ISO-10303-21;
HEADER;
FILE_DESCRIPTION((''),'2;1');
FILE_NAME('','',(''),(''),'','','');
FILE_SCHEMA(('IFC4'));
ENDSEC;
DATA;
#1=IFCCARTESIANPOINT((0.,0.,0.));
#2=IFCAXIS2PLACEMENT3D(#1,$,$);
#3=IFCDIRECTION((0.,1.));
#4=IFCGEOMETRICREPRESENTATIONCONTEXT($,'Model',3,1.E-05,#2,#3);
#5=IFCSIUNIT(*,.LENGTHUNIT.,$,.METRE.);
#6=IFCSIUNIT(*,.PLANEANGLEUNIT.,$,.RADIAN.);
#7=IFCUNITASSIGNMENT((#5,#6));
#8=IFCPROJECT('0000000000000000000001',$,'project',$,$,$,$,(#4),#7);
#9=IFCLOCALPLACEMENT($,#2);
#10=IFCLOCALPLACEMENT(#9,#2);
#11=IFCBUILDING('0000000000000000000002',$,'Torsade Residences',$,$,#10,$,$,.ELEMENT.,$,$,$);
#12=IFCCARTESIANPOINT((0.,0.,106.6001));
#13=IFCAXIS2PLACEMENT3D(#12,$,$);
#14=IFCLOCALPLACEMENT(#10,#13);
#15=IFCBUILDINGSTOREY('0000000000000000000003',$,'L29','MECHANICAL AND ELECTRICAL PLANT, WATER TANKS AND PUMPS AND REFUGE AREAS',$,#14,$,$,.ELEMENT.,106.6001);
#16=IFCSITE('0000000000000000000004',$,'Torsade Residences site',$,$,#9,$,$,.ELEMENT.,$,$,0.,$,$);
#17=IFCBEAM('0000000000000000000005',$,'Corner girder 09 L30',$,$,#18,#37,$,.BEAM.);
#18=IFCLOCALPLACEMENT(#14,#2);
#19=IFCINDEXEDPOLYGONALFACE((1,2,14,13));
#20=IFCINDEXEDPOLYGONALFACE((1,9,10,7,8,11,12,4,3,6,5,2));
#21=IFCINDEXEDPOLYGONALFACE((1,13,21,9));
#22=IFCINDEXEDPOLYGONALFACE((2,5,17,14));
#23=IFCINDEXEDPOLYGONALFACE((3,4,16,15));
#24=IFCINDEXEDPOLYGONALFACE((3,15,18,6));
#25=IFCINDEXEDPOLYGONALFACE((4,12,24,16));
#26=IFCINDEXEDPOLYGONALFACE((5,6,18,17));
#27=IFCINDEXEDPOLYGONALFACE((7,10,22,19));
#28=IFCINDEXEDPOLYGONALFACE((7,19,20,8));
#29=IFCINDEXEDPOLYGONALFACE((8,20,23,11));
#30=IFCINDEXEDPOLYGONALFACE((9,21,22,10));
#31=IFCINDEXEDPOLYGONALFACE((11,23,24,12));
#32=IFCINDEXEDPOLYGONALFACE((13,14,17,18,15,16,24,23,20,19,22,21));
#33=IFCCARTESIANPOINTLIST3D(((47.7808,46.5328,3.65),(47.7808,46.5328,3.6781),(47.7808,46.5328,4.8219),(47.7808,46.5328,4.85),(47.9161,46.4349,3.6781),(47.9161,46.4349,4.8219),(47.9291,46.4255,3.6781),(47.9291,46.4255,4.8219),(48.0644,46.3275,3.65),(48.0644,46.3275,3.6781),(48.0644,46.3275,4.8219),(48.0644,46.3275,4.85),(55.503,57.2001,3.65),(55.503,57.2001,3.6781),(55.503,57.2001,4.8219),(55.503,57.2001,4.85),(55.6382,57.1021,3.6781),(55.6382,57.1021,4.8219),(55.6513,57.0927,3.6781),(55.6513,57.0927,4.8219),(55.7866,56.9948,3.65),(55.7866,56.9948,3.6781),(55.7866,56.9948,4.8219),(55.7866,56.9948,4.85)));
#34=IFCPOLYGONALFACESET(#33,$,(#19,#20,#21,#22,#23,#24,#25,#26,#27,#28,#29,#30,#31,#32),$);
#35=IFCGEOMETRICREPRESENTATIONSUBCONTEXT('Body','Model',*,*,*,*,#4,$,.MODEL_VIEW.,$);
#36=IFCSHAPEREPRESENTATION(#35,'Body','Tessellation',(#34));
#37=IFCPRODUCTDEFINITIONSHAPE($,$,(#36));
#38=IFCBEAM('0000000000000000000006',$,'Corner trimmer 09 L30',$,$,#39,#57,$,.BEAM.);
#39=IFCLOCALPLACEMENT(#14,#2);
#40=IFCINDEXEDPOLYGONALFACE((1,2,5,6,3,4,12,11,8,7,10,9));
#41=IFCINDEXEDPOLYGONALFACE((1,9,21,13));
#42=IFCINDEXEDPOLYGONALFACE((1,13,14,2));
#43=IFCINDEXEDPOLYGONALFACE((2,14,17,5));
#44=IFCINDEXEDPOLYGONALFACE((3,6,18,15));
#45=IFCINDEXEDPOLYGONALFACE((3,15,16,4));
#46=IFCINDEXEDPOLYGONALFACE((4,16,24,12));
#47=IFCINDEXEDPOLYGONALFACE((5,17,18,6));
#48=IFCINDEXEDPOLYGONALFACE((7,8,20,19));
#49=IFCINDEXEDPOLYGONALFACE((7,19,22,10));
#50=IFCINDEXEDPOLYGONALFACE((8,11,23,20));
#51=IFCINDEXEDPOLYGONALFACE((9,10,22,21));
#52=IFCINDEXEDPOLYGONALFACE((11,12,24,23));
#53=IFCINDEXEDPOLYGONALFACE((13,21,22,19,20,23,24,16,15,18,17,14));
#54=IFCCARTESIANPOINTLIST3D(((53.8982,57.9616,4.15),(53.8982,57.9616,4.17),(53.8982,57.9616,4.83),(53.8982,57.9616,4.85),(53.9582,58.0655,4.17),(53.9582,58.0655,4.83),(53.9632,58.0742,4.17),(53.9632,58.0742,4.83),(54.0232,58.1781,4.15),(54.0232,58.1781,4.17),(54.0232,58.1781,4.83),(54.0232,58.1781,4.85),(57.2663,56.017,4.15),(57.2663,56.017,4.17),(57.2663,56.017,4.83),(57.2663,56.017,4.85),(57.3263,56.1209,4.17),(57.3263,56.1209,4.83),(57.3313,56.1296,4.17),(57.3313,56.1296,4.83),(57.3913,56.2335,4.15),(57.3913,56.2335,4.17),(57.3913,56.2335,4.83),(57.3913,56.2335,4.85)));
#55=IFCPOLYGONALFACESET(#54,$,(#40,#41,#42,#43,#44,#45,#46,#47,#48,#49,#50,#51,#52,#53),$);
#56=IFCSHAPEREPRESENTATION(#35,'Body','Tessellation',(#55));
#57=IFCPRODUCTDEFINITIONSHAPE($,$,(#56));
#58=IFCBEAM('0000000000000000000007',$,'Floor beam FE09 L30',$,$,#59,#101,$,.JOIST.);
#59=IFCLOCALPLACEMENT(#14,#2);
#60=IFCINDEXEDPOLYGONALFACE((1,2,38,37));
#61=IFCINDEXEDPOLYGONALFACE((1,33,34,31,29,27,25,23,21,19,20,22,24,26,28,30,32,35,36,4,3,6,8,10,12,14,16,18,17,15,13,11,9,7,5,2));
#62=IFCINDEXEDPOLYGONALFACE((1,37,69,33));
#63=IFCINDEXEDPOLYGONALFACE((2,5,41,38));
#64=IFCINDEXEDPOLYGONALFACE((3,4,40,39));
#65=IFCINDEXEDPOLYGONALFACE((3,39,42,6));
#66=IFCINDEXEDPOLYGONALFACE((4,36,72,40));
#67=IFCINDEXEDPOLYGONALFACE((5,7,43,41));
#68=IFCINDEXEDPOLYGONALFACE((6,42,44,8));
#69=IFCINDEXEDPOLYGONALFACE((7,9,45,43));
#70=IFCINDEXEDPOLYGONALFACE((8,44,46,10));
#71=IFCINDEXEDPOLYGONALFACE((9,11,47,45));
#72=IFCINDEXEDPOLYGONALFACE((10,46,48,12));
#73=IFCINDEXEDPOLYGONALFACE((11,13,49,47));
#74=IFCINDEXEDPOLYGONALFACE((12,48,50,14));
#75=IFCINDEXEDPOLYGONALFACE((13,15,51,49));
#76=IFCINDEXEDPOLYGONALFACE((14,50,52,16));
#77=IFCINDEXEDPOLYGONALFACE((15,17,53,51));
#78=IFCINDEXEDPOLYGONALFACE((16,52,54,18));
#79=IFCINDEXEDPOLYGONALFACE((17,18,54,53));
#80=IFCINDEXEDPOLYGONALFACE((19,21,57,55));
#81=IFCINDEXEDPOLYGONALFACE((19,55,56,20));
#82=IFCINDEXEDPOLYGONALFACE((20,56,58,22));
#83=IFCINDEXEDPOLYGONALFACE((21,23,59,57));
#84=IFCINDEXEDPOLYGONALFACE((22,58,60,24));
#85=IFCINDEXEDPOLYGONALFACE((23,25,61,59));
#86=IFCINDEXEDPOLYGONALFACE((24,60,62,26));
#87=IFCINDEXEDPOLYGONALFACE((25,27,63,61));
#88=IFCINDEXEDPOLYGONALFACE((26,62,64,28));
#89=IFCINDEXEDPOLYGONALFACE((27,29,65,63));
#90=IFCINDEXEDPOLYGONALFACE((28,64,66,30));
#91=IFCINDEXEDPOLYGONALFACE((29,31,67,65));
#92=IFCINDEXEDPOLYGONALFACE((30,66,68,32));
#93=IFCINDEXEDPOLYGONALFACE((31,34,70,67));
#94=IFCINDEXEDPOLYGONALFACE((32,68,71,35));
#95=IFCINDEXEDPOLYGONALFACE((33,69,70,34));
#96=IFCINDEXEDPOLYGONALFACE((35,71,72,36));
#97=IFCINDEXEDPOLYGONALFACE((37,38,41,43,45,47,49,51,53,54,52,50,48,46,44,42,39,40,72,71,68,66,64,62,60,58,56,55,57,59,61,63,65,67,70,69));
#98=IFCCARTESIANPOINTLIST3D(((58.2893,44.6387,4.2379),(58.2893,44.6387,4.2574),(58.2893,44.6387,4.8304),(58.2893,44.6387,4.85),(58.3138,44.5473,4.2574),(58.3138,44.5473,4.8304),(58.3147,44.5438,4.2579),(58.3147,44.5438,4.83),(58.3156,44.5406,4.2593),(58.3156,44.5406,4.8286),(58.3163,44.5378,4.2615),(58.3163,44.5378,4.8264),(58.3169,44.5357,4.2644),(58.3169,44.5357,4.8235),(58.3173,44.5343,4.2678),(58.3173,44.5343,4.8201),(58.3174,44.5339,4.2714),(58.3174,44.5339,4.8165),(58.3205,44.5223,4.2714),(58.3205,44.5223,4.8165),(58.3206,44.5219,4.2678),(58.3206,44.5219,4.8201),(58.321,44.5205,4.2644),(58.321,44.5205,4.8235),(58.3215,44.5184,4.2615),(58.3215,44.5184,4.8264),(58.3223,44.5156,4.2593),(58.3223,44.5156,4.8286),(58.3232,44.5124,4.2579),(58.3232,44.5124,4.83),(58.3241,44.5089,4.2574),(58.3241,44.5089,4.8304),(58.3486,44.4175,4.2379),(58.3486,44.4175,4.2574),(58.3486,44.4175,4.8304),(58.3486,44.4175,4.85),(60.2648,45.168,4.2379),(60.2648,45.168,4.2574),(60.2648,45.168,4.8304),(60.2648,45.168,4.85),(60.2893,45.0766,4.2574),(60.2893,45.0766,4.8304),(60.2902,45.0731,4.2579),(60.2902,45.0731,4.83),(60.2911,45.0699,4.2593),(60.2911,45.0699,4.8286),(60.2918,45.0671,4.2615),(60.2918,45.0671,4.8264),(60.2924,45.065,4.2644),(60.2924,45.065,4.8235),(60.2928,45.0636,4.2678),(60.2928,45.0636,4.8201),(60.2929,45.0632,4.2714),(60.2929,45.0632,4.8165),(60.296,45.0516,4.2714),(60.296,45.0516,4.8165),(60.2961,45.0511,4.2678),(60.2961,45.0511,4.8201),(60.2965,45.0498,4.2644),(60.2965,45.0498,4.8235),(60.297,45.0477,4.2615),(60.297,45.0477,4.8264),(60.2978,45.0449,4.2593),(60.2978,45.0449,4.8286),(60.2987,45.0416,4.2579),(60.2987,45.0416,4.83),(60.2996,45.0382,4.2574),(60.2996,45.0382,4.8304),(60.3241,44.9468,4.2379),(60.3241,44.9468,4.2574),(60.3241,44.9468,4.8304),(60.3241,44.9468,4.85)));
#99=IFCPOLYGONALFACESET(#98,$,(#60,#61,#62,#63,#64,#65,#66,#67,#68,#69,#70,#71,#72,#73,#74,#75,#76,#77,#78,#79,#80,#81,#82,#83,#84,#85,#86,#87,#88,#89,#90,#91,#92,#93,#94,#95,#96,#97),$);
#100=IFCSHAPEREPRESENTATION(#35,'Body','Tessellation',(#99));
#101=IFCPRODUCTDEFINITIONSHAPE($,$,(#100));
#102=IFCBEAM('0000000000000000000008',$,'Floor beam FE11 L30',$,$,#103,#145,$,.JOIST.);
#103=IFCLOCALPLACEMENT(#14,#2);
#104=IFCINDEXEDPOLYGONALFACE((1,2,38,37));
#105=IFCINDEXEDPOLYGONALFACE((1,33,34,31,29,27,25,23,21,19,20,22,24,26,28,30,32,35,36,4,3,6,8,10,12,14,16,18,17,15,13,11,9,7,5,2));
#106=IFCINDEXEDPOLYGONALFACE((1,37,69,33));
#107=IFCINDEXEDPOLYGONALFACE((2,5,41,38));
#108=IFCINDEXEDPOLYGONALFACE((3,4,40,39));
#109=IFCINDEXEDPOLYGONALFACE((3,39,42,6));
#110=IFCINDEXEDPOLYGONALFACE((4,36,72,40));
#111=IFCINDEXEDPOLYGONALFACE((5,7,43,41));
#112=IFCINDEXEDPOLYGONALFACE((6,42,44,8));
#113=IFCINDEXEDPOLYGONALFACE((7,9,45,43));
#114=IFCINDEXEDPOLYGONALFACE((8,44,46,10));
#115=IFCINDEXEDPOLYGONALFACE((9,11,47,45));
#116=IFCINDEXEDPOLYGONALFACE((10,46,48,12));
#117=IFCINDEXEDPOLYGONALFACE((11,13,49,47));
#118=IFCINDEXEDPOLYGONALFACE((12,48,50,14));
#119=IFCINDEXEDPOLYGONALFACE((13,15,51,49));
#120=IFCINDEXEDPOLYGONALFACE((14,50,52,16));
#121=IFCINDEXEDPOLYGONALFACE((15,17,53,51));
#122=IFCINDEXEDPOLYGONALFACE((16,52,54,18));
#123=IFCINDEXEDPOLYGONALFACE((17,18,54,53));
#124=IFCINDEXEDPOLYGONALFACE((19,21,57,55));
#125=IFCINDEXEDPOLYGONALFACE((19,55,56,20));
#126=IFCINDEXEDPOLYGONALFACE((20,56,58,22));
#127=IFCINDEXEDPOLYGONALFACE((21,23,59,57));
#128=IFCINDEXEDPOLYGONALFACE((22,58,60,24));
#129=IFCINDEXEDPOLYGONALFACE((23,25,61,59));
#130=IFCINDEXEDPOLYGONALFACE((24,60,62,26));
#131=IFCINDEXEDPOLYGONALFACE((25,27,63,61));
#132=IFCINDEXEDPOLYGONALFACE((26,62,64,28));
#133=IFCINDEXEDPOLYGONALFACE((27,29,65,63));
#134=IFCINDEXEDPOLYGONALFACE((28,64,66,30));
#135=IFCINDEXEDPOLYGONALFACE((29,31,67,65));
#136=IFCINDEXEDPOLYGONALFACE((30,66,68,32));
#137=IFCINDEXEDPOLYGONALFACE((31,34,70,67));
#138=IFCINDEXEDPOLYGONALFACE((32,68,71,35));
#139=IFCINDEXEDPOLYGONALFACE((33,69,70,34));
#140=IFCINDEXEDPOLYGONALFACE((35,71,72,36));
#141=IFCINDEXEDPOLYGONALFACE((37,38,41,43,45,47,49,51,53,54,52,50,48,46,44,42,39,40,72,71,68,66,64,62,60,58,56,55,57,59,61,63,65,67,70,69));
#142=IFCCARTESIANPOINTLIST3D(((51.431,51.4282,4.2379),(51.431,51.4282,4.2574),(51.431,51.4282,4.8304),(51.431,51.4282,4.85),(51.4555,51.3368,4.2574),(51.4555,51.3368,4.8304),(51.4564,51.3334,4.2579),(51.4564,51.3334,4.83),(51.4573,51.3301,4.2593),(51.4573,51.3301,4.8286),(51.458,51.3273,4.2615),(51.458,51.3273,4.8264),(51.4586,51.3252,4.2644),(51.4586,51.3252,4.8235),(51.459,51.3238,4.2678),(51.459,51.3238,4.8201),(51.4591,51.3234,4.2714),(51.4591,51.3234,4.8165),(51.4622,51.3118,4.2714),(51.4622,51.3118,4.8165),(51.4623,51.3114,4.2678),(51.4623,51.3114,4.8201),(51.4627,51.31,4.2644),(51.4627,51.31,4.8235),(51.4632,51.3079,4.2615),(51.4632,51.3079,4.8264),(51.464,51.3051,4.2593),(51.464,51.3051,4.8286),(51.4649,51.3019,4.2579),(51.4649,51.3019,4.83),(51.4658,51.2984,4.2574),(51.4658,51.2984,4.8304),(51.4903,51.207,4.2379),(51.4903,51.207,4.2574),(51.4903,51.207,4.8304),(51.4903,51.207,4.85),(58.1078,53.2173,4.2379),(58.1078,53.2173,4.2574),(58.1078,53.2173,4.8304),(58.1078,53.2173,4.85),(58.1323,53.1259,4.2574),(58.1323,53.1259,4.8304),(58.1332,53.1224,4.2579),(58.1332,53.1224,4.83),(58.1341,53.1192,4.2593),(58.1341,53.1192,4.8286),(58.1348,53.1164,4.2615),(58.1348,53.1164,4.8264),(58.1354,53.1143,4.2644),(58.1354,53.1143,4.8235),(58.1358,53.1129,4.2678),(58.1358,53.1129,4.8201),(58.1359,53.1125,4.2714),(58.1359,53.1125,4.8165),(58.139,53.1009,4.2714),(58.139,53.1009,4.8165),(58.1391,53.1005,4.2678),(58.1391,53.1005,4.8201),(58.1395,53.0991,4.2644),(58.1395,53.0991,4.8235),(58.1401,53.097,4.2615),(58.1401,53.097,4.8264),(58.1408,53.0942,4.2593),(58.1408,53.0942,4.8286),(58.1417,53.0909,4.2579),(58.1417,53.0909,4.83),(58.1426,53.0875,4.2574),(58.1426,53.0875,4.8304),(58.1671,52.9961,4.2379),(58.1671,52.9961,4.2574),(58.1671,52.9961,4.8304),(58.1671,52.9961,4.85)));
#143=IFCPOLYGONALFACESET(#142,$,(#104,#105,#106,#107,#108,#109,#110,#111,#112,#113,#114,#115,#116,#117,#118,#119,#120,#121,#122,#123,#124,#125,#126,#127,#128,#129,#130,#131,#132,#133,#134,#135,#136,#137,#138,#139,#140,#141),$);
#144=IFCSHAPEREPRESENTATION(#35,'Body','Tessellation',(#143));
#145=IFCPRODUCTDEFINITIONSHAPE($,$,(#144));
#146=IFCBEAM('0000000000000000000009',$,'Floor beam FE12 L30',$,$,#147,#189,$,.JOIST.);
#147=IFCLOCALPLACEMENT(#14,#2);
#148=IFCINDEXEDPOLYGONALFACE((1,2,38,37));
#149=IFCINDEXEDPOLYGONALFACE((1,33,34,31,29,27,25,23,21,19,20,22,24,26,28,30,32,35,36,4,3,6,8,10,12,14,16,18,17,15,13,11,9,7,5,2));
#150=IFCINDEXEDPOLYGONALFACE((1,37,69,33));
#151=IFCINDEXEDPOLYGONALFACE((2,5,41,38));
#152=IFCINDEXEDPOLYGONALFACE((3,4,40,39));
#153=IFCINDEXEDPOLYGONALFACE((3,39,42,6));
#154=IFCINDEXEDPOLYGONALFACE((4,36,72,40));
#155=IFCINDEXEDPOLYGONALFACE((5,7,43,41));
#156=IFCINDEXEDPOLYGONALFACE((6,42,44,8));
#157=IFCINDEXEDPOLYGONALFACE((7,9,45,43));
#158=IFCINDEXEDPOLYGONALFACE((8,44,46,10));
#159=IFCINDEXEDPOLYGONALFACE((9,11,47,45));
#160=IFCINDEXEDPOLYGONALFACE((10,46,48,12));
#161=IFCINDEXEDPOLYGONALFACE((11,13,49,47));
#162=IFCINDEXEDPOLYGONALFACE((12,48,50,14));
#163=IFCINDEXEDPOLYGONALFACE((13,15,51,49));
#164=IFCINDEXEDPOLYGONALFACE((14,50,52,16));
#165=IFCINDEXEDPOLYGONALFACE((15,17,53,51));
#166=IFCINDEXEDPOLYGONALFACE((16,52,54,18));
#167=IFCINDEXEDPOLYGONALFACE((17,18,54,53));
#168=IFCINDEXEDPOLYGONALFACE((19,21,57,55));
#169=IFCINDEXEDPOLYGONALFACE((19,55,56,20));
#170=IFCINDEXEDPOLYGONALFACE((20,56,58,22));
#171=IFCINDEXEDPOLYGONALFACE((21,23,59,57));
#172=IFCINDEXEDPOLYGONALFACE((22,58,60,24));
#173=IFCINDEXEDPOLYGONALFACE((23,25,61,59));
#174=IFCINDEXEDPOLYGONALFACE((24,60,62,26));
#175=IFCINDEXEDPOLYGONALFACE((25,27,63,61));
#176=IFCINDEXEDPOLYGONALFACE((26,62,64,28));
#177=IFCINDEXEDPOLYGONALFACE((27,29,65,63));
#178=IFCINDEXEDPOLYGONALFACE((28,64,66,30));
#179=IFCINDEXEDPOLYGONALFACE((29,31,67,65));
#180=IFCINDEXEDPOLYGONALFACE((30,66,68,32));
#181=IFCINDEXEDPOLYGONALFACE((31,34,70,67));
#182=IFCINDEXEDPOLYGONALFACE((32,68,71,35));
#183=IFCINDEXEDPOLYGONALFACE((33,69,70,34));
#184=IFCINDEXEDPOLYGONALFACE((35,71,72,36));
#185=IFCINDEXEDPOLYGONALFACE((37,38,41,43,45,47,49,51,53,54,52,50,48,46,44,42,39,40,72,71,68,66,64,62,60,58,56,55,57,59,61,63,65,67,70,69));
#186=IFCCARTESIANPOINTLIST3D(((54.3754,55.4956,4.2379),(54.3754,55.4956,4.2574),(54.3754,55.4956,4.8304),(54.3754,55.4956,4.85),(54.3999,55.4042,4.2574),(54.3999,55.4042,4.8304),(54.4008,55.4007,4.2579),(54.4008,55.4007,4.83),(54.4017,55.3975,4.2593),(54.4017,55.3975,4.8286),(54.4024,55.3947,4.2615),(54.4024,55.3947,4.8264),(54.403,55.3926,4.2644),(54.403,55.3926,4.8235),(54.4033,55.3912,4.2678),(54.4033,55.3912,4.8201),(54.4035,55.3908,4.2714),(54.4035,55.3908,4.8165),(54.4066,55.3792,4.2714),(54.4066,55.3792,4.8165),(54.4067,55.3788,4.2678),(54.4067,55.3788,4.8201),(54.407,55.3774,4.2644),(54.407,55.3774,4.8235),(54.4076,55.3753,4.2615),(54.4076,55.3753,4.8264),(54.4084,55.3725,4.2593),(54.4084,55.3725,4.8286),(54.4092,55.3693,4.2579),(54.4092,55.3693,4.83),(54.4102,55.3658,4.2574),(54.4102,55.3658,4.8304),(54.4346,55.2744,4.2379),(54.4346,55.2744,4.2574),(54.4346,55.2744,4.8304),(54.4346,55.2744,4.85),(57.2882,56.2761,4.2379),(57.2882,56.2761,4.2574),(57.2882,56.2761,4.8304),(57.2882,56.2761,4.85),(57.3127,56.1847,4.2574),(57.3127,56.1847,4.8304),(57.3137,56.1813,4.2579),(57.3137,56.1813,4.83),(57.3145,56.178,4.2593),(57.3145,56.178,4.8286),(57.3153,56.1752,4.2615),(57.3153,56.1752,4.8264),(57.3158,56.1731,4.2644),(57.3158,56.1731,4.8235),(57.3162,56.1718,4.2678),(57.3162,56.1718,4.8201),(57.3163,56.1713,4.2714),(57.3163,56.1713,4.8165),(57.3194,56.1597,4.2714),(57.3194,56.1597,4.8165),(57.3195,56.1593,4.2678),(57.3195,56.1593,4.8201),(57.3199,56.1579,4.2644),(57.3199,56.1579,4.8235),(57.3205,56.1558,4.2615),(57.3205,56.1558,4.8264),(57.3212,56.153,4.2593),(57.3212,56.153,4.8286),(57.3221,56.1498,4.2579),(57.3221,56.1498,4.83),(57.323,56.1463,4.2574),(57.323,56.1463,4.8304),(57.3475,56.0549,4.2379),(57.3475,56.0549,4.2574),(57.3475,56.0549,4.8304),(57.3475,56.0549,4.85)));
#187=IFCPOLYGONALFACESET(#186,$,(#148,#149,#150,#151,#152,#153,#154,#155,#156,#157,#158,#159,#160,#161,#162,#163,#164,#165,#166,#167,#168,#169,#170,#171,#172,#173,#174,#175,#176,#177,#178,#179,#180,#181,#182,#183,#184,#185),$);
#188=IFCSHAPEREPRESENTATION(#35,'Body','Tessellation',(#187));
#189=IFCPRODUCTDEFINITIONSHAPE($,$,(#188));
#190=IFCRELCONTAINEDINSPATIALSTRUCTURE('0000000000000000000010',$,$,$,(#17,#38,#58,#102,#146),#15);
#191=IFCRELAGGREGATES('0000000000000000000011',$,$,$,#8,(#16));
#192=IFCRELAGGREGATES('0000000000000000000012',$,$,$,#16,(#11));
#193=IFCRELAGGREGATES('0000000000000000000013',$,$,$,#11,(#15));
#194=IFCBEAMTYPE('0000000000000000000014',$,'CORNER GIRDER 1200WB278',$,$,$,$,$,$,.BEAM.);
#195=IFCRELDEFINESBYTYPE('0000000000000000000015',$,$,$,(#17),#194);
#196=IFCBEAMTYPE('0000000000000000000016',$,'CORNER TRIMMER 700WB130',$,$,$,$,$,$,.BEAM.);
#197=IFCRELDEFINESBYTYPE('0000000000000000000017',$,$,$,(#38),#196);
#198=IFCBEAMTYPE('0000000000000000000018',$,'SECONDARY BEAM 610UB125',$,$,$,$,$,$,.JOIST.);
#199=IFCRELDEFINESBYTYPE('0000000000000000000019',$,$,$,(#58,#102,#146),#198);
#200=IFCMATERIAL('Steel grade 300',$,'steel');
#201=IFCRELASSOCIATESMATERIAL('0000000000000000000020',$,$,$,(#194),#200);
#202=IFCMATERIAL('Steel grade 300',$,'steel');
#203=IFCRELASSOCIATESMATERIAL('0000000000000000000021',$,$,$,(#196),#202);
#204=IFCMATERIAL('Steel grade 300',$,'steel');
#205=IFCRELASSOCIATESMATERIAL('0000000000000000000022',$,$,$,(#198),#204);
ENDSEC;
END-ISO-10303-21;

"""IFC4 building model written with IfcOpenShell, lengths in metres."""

from ifc_helpers import new_model, si_unit, direction, frame, origin, origin_2d, place, context, subcontext, project, spatial, i_section, extrude, material, material_profile, profile_set, type_object, element, save


model = new_model("IFC4")

# Units and contexts
model_context = context("Model", 3, precision=1e-05, world=origin(), true_north=direction((0.0, 1.0)))
body_context = subcontext(model_context, "Body", "Model", "MODEL_VIEW")
ifc_project = project(units=[si_unit("LENGTHUNIT", "METRE"), si_unit("PLANEANGLEUNIT", "RADIAN")], contexts=[model_context])

# Site, building, storey
site_placement = place(None, origin())
site = spatial("IfcSite", under=ifc_project, at=site_placement, Name="Torsade Residences site", CompositionType="ELEMENT", RefElevation=0.0)
building_placement = place(site_placement, origin())
building = spatial("IfcBuilding", under=site, at=building_placement, Name="Torsade Residences", CompositionType="ELEMENT")
storey_placement = place(building_placement, frame((0.0, 0.0, 106.6001)))
storey = spatial("IfcBuildingStorey", under=building, at=storey_placement, Name="L29", Description="MECHANICAL AND ELECTRICAL PLANT, WATER TANKS AND PUMPS AND REFUGE AREAS", CompositionType="ELEMENT", Elevation=106.6001)

# Beams
ifc_material_1 = material(Name="Steel grade 300", Category="steel")
ifc_material_profile_1 = material_profile(ifc_material_1, i_section(OverallWidth=0.3501, OverallDepth=1.2, WebThickness=0.0161, FlangeThickness=0.0281, at=origin_2d()), Name="1200WB278")
ifc_profile_set_1 = profile_set([ifc_material_profile_1], Name="Steel grade 300")
beam_type_1 = type_object("IfcBeamType", Name="CORNER GIRDER 1200WB278", PredefinedType="BEAM", material=ifc_profile_set_1)
beam_1_placement = place(storey_placement, frame((55.6448, 57.0974, 4.25), z_axis=(-0.586391, -0.810028, 0.0), x_axis=(0.810028, -0.586391, 0.0)))
element("IfcBeam", 1, at=beam_1_placement, inside=storey, type_object=beam_type_1, Name="Corner girder 09 L30", PredefinedType="BEAM", context=body_context, shape_type="SweptSolid", body=[
    extrude(i_section(OverallWidth=0.3501, OverallDepth=1.2, WebThickness=0.0161, FlangeThickness=0.0281, at=origin_2d()), origin(), (0.0, 0.0, 1.0), 13.1689),
])
ifc_material_2 = material(Name="Steel grade 300", Category="steel")
ifc_material_profile_2 = material_profile(ifc_material_2, i_section(OverallWidth=0.25, OverallDepth=0.7, WebThickness=0.01, FlangeThickness=0.02, at=origin_2d()), Name="700WB130")
ifc_profile_set_2 = profile_set([ifc_material_profile_2], Name="Steel grade 300")
beam_type_2 = type_object("IfcBeamType", Name="CORNER TRIMMER 700WB130", PredefinedType="BEAM", material=ifc_profile_set_2)
beam_2_placement = place(storey_placement, frame((53.9607, 58.0698, 4.5), z_axis=(0.866029, -0.499994, 0.0), x_axis=(0.499994, 0.866029, 0.0)))
element("IfcBeam", 2, at=beam_2_placement, inside=storey, type_object=beam_type_2, Name="Corner trimmer 09 L30", PredefinedType="BEAM", context=body_context, shape_type="SweptSolid", body=[
    extrude(i_section(OverallWidth=0.25, OverallDepth=0.7, WebThickness=0.01, FlangeThickness=0.02, at=origin_2d()), origin(), (0.0, 0.0, 1.0), 3.8892),
])
ifc_material_3 = material(Name="Steel grade 300", Category="steel")
ifc_material_profile_3 = material_profile(ifc_material_3, i_section(OverallWidth=0.229, OverallDepth=0.6121, WebThickness=0.012, FlangeThickness=0.0195, FilletRadius=0.0139, at=origin_2d()), Name="610UB125")
ifc_profile_set_3 = profile_set([ifc_material_profile_3], Name="Steel grade 300")
beam_type_3 = type_object("IfcBeamType", Name="SECONDARY BEAM 610UB125", PredefinedType="JOIST", material=ifc_profile_set_3)
beam_3_placement = place(storey_placement, frame((60.2944, 45.0574, 4.5439), z_axis=(-0.965933, -0.258792, 0.0), x_axis=(0.258792, -0.965933, 0.0)))
element("IfcBeam", 3, at=beam_3_placement, inside=storey, type_object=beam_type_3, Name="Floor beam FE09 L30", PredefinedType="JOIST", context=body_context, shape_type="SweptSolid", body=[
    extrude(i_section(OverallWidth=0.229, OverallDepth=0.6121, WebThickness=0.012, FlangeThickness=0.0195, FilletRadius=0.0139, at=origin_2d()), origin(), (0.0, 0.0, 1.0), 2.0452),
])
beam_4_placement = place(storey_placement, frame((58.1375, 53.1067, 4.5439), z_axis=(-0.965925, -0.258823, 0.0), x_axis=(0.258823, -0.965925, 0.0)))
element("IfcBeam", 4, at=beam_4_placement, inside=storey, type_object=beam_type_3, Name="Floor beam FE11 L30", PredefinedType="JOIST", context=body_context, shape_type="SweptSolid", body=[
    extrude(i_section(OverallWidth=0.229, OverallDepth=0.6121, WebThickness=0.012, FlangeThickness=0.0195, FilletRadius=0.0139, at=origin_2d()), origin(), (0.0, 0.0, 1.0), 6.9124),
])
beam_5_placement = place(storey_placement, frame((57.3179, 56.1655, 4.5439), z_axis=(-0.965924, -0.258826, 0.0), x_axis=(0.258826, -0.965924, 0.0)))
element("IfcBeam", 5, at=beam_5_placement, inside=storey, type_object=beam_type_3, Name="Floor beam FE12 L30", PredefinedType="JOIST", context=body_context, shape_type="SweptSolid", body=[
    extrude(i_section(OverallWidth=0.229, OverallDepth=0.6121, WebThickness=0.012, FlangeThickness=0.0195, FilletRadius=0.0139, at=origin_2d()), origin(), (0.0, 0.0, 1.0), 3.0156),
])

save(model, "model.ifc")
